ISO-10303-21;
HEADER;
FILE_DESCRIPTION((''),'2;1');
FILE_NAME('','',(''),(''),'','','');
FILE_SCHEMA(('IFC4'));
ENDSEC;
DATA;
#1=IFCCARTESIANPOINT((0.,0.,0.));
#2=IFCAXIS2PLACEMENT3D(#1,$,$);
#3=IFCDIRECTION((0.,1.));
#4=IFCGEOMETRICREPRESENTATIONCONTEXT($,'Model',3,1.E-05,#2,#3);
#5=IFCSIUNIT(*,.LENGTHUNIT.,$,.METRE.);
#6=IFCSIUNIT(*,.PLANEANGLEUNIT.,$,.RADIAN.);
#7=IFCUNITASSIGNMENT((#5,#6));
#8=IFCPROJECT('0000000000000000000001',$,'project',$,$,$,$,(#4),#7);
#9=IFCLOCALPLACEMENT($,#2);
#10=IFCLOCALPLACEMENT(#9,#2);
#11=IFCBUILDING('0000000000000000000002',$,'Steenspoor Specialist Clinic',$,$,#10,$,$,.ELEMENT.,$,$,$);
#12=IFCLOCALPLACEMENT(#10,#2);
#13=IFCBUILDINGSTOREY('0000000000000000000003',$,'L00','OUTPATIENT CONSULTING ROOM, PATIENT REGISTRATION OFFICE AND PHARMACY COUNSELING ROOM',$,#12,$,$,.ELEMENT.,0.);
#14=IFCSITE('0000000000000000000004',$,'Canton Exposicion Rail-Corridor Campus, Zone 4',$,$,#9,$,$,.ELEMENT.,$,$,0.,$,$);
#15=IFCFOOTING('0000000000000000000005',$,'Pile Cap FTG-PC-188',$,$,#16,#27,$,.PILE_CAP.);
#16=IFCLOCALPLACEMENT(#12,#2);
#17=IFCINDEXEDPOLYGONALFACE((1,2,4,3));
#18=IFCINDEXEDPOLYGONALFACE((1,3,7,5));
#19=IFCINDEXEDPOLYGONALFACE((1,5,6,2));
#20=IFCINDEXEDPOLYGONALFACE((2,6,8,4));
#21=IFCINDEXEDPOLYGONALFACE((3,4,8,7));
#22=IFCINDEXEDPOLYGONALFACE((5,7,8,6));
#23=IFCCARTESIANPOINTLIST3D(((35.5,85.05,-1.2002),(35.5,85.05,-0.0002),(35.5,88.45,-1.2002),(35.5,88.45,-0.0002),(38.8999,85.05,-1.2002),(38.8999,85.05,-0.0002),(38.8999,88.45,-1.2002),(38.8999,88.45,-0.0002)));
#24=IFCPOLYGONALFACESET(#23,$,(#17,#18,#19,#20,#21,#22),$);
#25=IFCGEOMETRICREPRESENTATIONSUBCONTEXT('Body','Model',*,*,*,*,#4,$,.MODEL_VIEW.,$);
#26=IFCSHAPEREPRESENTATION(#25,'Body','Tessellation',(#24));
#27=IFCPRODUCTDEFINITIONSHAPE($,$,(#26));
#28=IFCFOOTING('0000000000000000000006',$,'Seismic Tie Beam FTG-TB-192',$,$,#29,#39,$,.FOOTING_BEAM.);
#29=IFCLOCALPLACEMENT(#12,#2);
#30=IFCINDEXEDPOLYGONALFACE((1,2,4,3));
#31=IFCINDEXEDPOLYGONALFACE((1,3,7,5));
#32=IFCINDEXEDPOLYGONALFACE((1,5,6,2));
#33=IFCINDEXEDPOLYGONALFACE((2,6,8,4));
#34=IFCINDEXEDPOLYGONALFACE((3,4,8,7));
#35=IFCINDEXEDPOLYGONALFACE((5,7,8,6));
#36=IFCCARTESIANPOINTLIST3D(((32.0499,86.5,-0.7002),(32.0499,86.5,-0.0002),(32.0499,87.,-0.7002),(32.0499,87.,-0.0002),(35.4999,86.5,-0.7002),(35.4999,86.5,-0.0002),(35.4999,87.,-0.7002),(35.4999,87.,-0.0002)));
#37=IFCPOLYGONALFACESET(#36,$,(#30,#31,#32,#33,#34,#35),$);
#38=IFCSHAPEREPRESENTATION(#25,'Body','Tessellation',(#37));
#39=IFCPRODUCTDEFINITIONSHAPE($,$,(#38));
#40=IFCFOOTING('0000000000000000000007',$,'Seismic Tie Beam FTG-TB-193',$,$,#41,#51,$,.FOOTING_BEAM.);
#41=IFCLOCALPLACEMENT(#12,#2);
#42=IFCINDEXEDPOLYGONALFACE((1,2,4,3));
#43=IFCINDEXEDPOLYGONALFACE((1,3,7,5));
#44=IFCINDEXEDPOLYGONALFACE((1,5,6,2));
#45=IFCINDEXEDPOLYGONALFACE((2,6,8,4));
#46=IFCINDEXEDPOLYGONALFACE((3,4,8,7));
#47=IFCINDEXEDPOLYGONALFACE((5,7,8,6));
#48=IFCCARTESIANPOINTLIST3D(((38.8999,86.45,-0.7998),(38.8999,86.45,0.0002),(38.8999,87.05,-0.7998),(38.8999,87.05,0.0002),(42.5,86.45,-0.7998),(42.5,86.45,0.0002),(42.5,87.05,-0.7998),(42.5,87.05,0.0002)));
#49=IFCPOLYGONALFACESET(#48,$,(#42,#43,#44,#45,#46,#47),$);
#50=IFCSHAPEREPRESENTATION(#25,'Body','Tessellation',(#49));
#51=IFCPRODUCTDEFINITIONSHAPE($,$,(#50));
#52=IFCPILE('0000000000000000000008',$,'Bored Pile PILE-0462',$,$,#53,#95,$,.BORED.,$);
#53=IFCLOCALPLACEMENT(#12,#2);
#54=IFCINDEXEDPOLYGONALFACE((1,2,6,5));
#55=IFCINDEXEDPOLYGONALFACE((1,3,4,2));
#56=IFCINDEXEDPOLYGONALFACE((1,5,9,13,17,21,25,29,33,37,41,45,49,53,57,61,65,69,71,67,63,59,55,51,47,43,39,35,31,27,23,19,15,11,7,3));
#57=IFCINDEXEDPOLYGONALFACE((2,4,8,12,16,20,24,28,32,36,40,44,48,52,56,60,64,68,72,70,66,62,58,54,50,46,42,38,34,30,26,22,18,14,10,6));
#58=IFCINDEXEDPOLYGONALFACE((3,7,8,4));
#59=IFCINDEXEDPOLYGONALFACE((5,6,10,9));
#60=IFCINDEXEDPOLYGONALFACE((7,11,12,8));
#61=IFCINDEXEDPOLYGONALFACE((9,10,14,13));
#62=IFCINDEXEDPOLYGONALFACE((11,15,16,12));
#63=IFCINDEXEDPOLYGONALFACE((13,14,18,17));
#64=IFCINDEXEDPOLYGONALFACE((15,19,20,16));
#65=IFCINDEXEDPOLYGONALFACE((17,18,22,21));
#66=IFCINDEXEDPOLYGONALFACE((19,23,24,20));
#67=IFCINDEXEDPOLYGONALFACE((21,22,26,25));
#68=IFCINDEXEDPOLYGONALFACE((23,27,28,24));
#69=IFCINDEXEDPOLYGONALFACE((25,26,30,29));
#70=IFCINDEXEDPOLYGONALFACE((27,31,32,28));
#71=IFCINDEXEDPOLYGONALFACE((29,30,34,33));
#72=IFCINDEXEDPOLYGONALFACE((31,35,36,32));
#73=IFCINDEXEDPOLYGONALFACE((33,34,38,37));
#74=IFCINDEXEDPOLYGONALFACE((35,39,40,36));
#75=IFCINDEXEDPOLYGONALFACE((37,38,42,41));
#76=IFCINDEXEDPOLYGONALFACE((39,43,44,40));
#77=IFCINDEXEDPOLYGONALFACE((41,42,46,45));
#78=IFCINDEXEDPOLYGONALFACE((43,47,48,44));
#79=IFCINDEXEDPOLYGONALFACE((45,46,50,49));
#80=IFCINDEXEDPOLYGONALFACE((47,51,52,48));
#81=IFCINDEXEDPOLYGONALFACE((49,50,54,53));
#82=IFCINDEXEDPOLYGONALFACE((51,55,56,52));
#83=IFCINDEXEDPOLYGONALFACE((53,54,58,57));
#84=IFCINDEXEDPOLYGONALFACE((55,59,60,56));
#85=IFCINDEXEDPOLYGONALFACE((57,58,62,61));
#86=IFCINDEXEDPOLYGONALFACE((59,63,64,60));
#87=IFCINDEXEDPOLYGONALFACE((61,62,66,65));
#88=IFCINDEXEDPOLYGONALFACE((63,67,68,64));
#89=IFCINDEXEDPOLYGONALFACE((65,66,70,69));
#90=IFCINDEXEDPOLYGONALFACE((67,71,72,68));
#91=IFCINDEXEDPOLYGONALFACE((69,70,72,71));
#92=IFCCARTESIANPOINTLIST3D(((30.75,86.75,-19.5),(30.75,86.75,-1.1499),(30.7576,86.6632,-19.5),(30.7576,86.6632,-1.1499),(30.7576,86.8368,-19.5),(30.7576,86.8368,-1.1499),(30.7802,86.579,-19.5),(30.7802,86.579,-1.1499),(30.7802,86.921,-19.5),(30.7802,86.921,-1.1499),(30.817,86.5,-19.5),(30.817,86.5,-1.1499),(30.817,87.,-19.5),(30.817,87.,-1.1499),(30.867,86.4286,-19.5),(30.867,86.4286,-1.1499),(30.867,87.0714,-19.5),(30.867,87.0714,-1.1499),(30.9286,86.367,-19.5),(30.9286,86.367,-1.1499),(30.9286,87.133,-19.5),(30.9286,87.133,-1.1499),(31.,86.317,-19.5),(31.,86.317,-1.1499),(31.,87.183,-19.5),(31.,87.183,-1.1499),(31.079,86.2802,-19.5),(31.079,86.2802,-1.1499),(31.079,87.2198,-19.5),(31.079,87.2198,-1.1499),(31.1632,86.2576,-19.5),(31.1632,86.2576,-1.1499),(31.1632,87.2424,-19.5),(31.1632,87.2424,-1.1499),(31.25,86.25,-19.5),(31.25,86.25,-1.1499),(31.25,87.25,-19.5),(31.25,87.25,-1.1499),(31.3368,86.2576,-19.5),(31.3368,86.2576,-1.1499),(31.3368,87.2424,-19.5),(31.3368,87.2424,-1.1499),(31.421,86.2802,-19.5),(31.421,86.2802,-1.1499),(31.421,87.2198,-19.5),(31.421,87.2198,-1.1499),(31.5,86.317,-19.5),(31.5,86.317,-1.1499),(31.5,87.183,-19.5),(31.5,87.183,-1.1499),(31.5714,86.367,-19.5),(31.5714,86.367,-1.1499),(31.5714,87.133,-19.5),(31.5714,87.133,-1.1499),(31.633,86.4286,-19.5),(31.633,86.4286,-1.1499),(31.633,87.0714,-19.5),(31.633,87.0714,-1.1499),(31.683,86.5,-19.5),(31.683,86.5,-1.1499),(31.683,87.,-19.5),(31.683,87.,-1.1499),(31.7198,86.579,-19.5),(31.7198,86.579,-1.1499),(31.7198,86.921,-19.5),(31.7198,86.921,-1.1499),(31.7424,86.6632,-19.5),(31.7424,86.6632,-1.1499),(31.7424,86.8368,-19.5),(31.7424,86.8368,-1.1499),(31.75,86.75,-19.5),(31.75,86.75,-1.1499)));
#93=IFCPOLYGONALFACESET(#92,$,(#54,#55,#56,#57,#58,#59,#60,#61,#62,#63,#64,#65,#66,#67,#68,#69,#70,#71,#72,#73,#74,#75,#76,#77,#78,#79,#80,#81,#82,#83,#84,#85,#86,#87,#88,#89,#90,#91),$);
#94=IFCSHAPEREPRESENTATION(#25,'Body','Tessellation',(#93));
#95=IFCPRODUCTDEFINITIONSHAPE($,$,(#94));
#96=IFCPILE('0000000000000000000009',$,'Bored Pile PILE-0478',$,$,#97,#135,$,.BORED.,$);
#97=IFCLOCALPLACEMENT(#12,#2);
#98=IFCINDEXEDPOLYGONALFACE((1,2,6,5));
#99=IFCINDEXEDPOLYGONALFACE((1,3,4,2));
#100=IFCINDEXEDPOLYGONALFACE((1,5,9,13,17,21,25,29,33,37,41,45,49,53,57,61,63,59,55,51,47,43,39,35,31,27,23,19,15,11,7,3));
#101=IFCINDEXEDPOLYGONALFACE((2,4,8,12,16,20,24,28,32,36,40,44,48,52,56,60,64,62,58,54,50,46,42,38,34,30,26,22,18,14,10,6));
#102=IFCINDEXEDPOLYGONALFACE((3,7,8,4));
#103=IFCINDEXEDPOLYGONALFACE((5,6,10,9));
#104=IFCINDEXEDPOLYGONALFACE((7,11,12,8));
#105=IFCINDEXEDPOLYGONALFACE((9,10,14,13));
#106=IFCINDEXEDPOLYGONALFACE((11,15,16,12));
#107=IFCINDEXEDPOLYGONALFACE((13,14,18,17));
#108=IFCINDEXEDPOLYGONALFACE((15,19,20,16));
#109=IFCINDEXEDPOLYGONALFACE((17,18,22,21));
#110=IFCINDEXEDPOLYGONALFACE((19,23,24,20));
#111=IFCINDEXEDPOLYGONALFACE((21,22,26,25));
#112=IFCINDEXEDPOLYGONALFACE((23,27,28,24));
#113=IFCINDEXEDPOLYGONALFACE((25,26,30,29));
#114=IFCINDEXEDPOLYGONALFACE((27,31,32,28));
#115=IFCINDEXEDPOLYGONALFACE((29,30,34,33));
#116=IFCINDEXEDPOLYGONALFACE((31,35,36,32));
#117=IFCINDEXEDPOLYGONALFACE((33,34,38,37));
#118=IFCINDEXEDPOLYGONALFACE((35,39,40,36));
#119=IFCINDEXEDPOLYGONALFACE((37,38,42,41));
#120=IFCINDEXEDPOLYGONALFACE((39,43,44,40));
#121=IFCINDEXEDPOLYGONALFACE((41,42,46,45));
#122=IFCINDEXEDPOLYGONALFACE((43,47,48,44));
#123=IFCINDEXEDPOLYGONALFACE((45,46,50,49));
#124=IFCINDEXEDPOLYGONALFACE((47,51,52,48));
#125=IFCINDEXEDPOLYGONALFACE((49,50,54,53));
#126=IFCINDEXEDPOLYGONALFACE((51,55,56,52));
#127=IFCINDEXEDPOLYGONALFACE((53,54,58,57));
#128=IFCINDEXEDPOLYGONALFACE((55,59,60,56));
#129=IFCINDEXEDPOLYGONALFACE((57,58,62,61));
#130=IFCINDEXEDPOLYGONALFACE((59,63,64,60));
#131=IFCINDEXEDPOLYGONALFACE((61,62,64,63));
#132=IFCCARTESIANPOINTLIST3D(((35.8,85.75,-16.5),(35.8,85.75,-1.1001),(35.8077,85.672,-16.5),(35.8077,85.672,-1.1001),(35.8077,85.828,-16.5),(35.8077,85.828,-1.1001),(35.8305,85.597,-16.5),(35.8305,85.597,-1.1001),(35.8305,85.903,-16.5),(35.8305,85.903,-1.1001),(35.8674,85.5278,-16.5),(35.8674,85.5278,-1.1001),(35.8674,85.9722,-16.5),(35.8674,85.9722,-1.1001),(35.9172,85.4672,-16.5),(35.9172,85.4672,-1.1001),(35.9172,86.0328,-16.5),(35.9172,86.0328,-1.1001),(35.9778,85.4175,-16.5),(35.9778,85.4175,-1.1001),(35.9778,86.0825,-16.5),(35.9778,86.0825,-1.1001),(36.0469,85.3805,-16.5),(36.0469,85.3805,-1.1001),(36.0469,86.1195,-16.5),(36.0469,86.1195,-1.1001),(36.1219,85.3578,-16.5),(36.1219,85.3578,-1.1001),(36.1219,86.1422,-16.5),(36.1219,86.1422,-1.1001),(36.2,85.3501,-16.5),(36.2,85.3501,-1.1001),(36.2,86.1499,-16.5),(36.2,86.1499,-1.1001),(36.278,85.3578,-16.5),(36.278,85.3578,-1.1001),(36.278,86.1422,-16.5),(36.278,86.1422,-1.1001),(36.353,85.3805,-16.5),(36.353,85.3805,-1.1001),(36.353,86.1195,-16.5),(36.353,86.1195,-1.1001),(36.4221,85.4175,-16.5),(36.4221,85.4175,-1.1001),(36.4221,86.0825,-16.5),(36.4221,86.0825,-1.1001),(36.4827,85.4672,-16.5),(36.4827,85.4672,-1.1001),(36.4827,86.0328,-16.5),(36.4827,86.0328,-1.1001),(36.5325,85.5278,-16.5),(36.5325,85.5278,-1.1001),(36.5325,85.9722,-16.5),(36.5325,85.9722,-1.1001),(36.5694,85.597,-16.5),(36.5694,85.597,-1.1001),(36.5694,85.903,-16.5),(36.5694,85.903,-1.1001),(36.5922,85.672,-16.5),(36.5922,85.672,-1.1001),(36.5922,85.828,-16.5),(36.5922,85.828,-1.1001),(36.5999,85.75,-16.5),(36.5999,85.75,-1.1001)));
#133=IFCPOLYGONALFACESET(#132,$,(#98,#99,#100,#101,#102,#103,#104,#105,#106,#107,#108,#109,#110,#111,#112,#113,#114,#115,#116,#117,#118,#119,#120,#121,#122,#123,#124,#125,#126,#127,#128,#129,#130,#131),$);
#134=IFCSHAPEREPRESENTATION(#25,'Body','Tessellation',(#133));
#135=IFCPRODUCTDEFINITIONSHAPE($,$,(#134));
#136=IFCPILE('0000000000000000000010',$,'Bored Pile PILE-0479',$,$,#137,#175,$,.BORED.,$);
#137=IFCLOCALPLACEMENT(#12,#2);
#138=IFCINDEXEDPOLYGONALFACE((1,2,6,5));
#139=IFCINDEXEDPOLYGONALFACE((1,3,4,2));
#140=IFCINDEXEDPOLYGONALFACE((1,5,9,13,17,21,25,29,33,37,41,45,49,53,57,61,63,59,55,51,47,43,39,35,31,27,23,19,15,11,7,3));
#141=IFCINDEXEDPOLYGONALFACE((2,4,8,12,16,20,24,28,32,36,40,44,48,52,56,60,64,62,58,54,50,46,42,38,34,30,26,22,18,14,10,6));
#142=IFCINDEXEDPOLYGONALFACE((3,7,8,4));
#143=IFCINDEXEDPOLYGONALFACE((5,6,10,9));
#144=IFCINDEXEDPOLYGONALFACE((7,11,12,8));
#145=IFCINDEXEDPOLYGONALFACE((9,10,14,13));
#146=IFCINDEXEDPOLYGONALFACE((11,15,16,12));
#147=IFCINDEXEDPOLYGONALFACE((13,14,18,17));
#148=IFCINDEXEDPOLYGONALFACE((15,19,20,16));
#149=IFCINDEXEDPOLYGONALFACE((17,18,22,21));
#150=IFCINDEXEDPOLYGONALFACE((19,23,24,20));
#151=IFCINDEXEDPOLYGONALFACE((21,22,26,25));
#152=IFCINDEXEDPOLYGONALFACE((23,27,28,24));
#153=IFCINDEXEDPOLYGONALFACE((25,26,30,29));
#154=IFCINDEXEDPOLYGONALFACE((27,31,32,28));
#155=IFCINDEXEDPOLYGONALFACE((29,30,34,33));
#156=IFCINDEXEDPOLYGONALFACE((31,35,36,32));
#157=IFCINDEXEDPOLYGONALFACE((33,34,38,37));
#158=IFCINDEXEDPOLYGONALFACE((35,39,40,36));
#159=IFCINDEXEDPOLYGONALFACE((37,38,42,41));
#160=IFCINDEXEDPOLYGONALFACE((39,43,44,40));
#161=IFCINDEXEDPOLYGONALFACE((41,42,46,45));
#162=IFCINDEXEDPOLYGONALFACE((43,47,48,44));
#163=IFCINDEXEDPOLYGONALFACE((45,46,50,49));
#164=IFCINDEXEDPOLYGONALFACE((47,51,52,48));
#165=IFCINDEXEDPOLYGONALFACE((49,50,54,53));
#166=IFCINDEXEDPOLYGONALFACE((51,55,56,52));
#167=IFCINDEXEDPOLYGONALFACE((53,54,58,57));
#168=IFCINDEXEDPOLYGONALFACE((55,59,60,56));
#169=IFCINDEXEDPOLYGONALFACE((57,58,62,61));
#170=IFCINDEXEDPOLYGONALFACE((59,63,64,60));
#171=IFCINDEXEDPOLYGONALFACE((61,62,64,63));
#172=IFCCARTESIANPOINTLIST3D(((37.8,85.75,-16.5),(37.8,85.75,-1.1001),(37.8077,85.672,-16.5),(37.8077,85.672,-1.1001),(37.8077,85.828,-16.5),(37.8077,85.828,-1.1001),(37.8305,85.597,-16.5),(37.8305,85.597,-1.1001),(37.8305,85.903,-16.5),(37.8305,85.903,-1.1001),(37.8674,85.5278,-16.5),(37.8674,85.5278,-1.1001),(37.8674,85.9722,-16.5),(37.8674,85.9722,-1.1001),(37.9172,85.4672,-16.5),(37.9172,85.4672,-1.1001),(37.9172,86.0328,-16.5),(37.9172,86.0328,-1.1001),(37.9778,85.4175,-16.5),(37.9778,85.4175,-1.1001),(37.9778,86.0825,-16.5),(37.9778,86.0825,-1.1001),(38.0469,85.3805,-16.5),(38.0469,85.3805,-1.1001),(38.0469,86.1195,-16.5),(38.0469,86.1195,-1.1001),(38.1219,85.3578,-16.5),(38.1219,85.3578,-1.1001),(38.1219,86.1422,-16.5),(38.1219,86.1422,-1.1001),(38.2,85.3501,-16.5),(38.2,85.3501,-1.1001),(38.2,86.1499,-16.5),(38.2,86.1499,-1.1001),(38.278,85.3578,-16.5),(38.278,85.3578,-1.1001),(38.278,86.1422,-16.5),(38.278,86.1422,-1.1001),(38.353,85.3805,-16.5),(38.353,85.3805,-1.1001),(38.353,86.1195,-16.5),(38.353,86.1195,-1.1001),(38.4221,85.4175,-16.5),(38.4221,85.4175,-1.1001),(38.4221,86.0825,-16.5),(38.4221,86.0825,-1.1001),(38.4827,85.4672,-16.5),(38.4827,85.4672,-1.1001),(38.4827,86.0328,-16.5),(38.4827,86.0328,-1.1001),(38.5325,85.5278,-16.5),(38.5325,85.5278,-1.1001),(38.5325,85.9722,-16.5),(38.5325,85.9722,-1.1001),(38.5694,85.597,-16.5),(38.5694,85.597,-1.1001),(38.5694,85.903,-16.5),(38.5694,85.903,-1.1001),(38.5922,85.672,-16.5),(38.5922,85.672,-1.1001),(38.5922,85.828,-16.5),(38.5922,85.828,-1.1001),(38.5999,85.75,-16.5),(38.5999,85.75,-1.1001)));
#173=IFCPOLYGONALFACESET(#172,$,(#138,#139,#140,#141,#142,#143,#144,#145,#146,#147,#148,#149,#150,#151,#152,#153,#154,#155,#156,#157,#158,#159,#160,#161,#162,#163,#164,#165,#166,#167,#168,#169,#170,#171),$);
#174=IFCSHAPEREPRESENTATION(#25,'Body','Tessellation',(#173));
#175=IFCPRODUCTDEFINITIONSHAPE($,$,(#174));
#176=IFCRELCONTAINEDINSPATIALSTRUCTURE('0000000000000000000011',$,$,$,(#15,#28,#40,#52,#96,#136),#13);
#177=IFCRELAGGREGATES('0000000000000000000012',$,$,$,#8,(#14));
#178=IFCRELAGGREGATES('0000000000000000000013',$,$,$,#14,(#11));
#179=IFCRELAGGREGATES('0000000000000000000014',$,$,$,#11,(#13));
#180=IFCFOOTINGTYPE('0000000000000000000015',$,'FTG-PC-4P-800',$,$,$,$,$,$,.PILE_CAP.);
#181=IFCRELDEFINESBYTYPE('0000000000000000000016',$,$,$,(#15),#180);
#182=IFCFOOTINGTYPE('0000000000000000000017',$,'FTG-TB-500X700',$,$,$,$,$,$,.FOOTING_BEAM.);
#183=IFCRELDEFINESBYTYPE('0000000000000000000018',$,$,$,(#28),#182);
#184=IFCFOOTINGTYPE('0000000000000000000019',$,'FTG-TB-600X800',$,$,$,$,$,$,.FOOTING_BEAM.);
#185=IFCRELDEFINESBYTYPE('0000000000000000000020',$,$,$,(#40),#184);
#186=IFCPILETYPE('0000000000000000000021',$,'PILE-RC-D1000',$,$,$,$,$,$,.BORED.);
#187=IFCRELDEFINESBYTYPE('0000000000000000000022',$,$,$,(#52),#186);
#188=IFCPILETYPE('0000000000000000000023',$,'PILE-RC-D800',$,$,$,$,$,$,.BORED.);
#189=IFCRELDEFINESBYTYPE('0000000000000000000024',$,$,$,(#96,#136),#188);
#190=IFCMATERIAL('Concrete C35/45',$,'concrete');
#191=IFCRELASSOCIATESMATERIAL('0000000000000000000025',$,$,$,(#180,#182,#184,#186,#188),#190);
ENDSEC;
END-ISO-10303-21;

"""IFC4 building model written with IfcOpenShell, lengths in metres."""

from ifc_helpers import new_model, si_unit, direction, frame, origin, origin_2d, place, context, subcontext, project, spatial, rectangle, circle, extrude, material, material_profile, profile_set, type_object, element, save


model = new_model("IFC4")

# Units and contexts
model_context = context("Model", 3, precision=1e-05, world=origin(), true_north=direction((0.0, 1.0)))
body_context = subcontext(model_context, "Body", "Model", "MODEL_VIEW")
ifc_project = project(units=[si_unit("LENGTHUNIT", "METRE"), si_unit("PLANEANGLEUNIT", "RADIAN")], contexts=[model_context])

# Site, building, storey
site_placement = place(None, origin())
site = spatial("IfcSite", under=ifc_project, at=site_placement, Name="Canton Exposicion Rail-Corridor Campus, Zone 4", CompositionType="ELEMENT", RefElevation=0.0)
building_placement = place(site_placement, origin())
building = spatial("IfcBuilding", under=site, at=building_placement, Name="Steenspoor Specialist Clinic", CompositionType="ELEMENT")
storey_placement = place(building_placement, origin())
storey = spatial("IfcBuildingStorey", under=building, at=storey_placement, Name="L00", Description="OUTPATIENT CONSULTING ROOM, PATIENT REGISTRATION OFFICE AND PHARMACY COUNSELING ROOM", CompositionType="ELEMENT", Elevation=0.0)

# Footings
ifc_material_1 = material(Name="Concrete C35/45", Category="concrete")
footing_type_1 = type_object("IfcFootingType", Name="FTG-PC-4P-800", PredefinedType="PILE_CAP", material=ifc_material_1)
footing_1_placement = place(storey_placement, frame((37.2, 86.75, -1.2002), z_axis=(0.0, 0.0, 1.0), x_axis=(1.0, 0.0, 0.0)))
element("IfcFooting", 1, at=footing_1_placement, inside=storey, type_object=footing_type_1, Name="Pile Cap FTG-PC-188", PredefinedType="PILE_CAP", context=body_context, shape_type="SweptSolid", body=[
    extrude(rectangle(XDim=3.3999, YDim=3.3999, at=origin_2d()), origin(), (0.0, 0.0, 1.0), 1.2),
])
footing_type_2 = type_object("IfcFootingType", Name="FTG-TB-500X700", PredefinedType="FOOTING_BEAM", material=ifc_material_1)
footing_2_placement = place(storey_placement, frame((33.7749, 86.75, -0.7002), z_axis=(0.0, 0.0, 1.0), x_axis=(1.0, 0.0, 0.0)))
element("IfcFooting", 2, at=footing_2_placement, inside=storey, type_object=footing_type_2, Name="Seismic Tie Beam FTG-TB-192", PredefinedType="FOOTING_BEAM", context=body_context, shape_type="SweptSolid", body=[
    extrude(rectangle(XDim=3.45, YDim=0.5, at=origin_2d()), origin(), (0.0, 0.0, 1.0), 0.7),
])
footing_type_3 = type_object("IfcFootingType", Name="FTG-TB-600X800", PredefinedType="FOOTING_BEAM", material=ifc_material_1)
footing_3_placement = place(storey_placement, frame((40.7, 86.75, -0.7998), z_axis=(0.0, 0.0, 1.0), x_axis=(1.0, 0.0, 0.0)))
element("IfcFooting", 3, at=footing_3_placement, inside=storey, type_object=footing_type_3, Name="Seismic Tie Beam FTG-TB-193", PredefinedType="FOOTING_BEAM", context=body_context, shape_type="SweptSolid", body=[
    extrude(rectangle(XDim=3.6001, YDim=0.6001, at=origin_2d()), origin(), (0.0, 0.0, 1.0), 0.8),
])

# Piles
ifc_material_profile_1 = material_profile(ifc_material_1, circle(Radius=0.5, at=origin_2d()), Name="PILE-D1000")
ifc_profile_set_1 = profile_set([ifc_material_profile_1], Name="Concrete C35/45")
pile_type_1 = type_object("IfcPileType", Name="PILE-RC-D1000", PredefinedType="BORED", material=ifc_profile_set_1)
pile_placement = place(storey_placement, frame((31.25, 86.75, -1.1499), z_axis=(0.0, 0.0, -1.0), x_axis=(1.0, 0.0, 0.0)))
element("IfcPile", 4, at=pile_placement, inside=storey, type_object=pile_type_1, Name="Bored Pile PILE-0462", PredefinedType="BORED", context=body_context, shape_type="SweptSolid", body=[
    extrude(circle(Radius=0.5, at=origin_2d()), origin(), (0.0, 0.0, 1.0), 18.3501),
])
ifc_material_profile_2 = material_profile(ifc_material_1, circle(Radius=0.3999, at=origin_2d()), Name="PILE-D800")
ifc_profile_set_2 = profile_set([ifc_material_profile_2], Name="Concrete C35/45")
pile_type_2 = type_object("IfcPileType", Name="PILE-RC-D800", PredefinedType="BORED", material=ifc_profile_set_2)
for number, where, z_axis, x_axis, name in (
    (5, (36.2, 85.75, -1.1001), (0.0, 0.0, -1.0), (1.0, 0.0, 0.0), "Bored Pile PILE-0478"),
    (6, (38.2, 85.75, -1.1001), (0.0, 0.0, -1.0), (1.0, 0.0, 0.0), "Bored Pile PILE-0479"),
):
    element("IfcPile", number, at=place(storey_placement, frame(where, z_axis=z_axis, x_axis=x_axis)), inside=storey, type_object=pile_type_2, Name=name, PredefinedType="BORED", context=body_context, shape_type="SweptSolid", body=[
        extrude(circle(Radius=0.3999, at=origin_2d()), origin(), (0.0, 0.0, 1.0), 15.3999),
    ])

save(model, "model.ifc")
